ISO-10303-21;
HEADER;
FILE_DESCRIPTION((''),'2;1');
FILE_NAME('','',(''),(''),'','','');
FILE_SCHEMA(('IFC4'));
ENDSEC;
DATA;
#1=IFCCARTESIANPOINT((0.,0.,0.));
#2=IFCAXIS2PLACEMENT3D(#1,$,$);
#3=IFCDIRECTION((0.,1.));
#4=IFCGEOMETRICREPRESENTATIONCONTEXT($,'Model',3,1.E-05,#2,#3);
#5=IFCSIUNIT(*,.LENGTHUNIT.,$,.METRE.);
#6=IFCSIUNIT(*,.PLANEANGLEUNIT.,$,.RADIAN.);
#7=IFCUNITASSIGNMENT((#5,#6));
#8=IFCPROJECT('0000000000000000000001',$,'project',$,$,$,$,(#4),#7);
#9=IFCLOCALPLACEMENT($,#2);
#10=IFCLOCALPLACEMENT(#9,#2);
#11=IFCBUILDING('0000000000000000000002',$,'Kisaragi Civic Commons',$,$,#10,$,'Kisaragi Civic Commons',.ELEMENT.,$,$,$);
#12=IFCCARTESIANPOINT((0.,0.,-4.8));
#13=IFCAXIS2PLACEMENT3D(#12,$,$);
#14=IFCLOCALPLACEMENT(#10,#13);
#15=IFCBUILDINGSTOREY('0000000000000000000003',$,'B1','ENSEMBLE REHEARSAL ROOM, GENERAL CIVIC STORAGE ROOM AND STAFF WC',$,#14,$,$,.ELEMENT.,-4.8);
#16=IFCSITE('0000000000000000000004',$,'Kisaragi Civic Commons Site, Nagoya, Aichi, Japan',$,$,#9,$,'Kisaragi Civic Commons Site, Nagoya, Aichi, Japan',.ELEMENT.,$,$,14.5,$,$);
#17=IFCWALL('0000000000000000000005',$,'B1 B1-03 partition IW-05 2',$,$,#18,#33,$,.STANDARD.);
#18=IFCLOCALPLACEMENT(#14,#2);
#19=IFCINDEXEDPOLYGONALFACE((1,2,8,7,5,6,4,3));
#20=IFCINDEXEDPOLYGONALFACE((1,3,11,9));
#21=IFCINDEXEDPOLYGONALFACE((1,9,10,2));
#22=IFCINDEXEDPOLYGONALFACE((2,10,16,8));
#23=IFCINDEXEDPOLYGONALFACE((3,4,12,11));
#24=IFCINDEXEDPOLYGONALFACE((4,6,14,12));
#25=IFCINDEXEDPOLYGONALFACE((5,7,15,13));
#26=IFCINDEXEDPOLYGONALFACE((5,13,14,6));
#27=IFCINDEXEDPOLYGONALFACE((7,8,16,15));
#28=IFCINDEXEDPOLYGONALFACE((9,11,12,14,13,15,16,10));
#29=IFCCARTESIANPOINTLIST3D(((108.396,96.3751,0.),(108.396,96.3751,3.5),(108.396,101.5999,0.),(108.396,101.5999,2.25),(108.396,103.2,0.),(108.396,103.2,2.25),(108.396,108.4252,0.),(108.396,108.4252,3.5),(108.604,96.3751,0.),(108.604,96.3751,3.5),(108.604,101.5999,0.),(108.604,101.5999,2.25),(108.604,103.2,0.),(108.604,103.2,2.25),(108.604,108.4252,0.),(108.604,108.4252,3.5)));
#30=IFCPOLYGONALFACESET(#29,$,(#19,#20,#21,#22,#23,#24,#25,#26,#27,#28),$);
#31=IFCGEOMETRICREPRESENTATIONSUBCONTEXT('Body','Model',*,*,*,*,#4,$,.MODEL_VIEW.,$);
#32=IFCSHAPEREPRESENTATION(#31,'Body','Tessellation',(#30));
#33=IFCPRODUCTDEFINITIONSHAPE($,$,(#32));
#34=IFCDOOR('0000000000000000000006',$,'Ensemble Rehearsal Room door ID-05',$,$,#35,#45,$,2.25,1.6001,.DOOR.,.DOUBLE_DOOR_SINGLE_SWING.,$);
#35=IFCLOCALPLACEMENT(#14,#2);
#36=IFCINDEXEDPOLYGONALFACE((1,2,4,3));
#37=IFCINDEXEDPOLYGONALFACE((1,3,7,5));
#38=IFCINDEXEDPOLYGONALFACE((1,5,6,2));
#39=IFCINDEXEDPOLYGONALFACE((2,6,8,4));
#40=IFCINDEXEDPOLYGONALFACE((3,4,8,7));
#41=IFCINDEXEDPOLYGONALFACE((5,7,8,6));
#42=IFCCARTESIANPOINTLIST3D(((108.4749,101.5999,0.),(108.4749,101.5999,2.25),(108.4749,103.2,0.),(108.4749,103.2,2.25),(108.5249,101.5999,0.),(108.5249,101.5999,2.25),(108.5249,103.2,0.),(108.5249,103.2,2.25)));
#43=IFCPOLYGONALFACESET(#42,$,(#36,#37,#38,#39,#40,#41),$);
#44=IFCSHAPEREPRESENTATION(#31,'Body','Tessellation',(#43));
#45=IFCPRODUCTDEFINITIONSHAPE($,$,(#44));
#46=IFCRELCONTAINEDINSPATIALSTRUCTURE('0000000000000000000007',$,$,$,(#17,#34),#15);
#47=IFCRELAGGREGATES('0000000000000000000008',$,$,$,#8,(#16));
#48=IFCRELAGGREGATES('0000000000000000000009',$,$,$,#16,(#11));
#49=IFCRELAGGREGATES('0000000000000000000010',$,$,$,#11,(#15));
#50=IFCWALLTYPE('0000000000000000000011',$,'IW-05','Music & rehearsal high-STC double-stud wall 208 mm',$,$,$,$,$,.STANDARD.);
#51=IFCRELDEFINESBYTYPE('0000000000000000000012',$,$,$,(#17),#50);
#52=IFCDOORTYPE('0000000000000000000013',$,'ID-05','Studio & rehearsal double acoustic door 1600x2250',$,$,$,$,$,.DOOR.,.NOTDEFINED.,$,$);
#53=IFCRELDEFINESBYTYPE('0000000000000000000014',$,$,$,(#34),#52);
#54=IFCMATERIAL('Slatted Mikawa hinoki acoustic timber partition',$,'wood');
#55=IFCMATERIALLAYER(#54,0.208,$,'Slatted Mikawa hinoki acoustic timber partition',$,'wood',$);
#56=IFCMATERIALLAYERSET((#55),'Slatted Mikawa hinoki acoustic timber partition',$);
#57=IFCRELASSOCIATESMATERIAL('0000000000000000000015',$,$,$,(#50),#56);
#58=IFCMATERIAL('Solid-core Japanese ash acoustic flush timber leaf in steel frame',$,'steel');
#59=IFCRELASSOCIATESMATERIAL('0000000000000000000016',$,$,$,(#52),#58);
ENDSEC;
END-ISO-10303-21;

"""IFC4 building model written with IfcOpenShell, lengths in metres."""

from ifc_helpers import new_model, si_unit, direction, frame, frame_2d, origin, place, context, subcontext, project, spatial, rectangle, extrude, material, layer, layer_set, type_object, element, fill, save


model = new_model("IFC4")

# Units and contexts
model_context = context("Model", 3, precision=1e-05, world=origin(), true_north=direction((0.0, 1.0)))
body_context = subcontext(model_context, "Body", "Model", "MODEL_VIEW")
ifc_project = project(units=[si_unit("LENGTHUNIT", "METRE"), si_unit("PLANEANGLEUNIT", "RADIAN")], contexts=[model_context])

# Site, building, storey
site_placement = place(None, origin())
site = spatial("IfcSite", under=ifc_project, at=site_placement, Name="Kisaragi Civic Commons Site, Nagoya, Aichi, Japan", LongName="Kisaragi Civic Commons Site, Nagoya, Aichi, Japan", CompositionType="ELEMENT", RefElevation=14.5)
building_placement = place(site_placement, origin())
building = spatial("IfcBuilding", under=site, at=building_placement, Name="Kisaragi Civic Commons", LongName="Kisaragi Civic Commons", CompositionType="ELEMENT")
storey_placement = place(building_placement, frame((0.0, 0.0, -4.8)))
storey = spatial("IfcBuildingStorey", under=building, at=storey_placement, Name="B1", Description="ENSEMBLE REHEARSAL ROOM, GENERAL CIVIC STORAGE ROOM AND STAFF WC", CompositionType="ELEMENT", Elevation=-4.8)

# Wall, opening, door
ifc_material_1 = material(Name="Slatted Mikawa hinoki acoustic timber partition", Category="wood")
ifc_layer_1 = layer(ifc_material_1, 0.208, Name="Slatted Mikawa hinoki acoustic timber partition", Category="wood")
ifc_layer_set_1 = layer_set([ifc_layer_1], Name="Slatted Mikawa hinoki acoustic timber partition")
wall_type_1 = type_object("IfcWallType", Name="IW-05", Description="Music & rehearsal high-STC double-stud wall 208 mm", PredefinedType="STANDARD", material=ifc_layer_set_1)
wall_1_placement = place(storey_placement, frame((108.5, 108.425, 0.0), z_axis=(0.0, 0.0, 1.0), x_axis=(0.0, -1.0, 0.0)))
wall_1 = element("IfcWall", 1, at=wall_1_placement, inside=storey, type_object=wall_type_1, Name="B1 B1-03 partition IW-05 2", PredefinedType="STANDARD", context=body_context, shape_type="SweptSolid", body=[
    extrude(rectangle(XDim=12.05, YDim=0.208, at=frame_2d((6.0249, 0.0))), origin(), (0.0, 0.0, 1.0), 3.5),
])
opening_placement = place(wall_1_placement, frame((5.2251, 0.0, 0.0)))
opening = element("IfcOpeningElement", 2, at=opening_placement, cuts=wall_1, PredefinedType="OPENING", context=body_context, shape_type="SweptSolid", body=[
    extrude(rectangle(XDim=1.6001, YDim=2.25, at=frame_2d((0.8, 1.125))), frame((0.0, 0.114, 0.0), z_axis=(0.0, -1.0, 0.0), x_axis=(1.0, 0.0, 0.0)), (0.0, 0.0, 1.0), 0.228),
])
ifc_material_2 = material(Name="Solid-core Japanese ash acoustic flush timber leaf in steel frame", Category="steel")
door_type = type_object("IfcDoorType", Name="ID-05", Description="Studio & rehearsal double acoustic door 1600x2250", OperationType="NOTDEFINED", PredefinedType="DOOR", material=ifc_material_2)
door_placement = place(opening_placement, origin())
door = element("IfcDoor", 3, at=door_placement, inside=storey, type_object=door_type, Name="Ensemble Rehearsal Room door ID-05", OperationType="DOUBLE_DOOR_SINGLE_SWING", OverallHeight=2.25, OverallWidth=1.6001, PredefinedType="DOOR", context=body_context, shape_type="SweptSolid", body=[
    extrude(rectangle(XDim=1.6001, YDim=2.25, at=frame_2d((0.8, 1.125))), frame((0.0, 0.0249, 0.0), z_axis=(0.0, -1.0, 0.0), x_axis=(1.0, 0.0, 0.0)), (0.0, 0.0, 1.0), 0.05),
])
fill(opening, door)

save(model, "model.ifc")
